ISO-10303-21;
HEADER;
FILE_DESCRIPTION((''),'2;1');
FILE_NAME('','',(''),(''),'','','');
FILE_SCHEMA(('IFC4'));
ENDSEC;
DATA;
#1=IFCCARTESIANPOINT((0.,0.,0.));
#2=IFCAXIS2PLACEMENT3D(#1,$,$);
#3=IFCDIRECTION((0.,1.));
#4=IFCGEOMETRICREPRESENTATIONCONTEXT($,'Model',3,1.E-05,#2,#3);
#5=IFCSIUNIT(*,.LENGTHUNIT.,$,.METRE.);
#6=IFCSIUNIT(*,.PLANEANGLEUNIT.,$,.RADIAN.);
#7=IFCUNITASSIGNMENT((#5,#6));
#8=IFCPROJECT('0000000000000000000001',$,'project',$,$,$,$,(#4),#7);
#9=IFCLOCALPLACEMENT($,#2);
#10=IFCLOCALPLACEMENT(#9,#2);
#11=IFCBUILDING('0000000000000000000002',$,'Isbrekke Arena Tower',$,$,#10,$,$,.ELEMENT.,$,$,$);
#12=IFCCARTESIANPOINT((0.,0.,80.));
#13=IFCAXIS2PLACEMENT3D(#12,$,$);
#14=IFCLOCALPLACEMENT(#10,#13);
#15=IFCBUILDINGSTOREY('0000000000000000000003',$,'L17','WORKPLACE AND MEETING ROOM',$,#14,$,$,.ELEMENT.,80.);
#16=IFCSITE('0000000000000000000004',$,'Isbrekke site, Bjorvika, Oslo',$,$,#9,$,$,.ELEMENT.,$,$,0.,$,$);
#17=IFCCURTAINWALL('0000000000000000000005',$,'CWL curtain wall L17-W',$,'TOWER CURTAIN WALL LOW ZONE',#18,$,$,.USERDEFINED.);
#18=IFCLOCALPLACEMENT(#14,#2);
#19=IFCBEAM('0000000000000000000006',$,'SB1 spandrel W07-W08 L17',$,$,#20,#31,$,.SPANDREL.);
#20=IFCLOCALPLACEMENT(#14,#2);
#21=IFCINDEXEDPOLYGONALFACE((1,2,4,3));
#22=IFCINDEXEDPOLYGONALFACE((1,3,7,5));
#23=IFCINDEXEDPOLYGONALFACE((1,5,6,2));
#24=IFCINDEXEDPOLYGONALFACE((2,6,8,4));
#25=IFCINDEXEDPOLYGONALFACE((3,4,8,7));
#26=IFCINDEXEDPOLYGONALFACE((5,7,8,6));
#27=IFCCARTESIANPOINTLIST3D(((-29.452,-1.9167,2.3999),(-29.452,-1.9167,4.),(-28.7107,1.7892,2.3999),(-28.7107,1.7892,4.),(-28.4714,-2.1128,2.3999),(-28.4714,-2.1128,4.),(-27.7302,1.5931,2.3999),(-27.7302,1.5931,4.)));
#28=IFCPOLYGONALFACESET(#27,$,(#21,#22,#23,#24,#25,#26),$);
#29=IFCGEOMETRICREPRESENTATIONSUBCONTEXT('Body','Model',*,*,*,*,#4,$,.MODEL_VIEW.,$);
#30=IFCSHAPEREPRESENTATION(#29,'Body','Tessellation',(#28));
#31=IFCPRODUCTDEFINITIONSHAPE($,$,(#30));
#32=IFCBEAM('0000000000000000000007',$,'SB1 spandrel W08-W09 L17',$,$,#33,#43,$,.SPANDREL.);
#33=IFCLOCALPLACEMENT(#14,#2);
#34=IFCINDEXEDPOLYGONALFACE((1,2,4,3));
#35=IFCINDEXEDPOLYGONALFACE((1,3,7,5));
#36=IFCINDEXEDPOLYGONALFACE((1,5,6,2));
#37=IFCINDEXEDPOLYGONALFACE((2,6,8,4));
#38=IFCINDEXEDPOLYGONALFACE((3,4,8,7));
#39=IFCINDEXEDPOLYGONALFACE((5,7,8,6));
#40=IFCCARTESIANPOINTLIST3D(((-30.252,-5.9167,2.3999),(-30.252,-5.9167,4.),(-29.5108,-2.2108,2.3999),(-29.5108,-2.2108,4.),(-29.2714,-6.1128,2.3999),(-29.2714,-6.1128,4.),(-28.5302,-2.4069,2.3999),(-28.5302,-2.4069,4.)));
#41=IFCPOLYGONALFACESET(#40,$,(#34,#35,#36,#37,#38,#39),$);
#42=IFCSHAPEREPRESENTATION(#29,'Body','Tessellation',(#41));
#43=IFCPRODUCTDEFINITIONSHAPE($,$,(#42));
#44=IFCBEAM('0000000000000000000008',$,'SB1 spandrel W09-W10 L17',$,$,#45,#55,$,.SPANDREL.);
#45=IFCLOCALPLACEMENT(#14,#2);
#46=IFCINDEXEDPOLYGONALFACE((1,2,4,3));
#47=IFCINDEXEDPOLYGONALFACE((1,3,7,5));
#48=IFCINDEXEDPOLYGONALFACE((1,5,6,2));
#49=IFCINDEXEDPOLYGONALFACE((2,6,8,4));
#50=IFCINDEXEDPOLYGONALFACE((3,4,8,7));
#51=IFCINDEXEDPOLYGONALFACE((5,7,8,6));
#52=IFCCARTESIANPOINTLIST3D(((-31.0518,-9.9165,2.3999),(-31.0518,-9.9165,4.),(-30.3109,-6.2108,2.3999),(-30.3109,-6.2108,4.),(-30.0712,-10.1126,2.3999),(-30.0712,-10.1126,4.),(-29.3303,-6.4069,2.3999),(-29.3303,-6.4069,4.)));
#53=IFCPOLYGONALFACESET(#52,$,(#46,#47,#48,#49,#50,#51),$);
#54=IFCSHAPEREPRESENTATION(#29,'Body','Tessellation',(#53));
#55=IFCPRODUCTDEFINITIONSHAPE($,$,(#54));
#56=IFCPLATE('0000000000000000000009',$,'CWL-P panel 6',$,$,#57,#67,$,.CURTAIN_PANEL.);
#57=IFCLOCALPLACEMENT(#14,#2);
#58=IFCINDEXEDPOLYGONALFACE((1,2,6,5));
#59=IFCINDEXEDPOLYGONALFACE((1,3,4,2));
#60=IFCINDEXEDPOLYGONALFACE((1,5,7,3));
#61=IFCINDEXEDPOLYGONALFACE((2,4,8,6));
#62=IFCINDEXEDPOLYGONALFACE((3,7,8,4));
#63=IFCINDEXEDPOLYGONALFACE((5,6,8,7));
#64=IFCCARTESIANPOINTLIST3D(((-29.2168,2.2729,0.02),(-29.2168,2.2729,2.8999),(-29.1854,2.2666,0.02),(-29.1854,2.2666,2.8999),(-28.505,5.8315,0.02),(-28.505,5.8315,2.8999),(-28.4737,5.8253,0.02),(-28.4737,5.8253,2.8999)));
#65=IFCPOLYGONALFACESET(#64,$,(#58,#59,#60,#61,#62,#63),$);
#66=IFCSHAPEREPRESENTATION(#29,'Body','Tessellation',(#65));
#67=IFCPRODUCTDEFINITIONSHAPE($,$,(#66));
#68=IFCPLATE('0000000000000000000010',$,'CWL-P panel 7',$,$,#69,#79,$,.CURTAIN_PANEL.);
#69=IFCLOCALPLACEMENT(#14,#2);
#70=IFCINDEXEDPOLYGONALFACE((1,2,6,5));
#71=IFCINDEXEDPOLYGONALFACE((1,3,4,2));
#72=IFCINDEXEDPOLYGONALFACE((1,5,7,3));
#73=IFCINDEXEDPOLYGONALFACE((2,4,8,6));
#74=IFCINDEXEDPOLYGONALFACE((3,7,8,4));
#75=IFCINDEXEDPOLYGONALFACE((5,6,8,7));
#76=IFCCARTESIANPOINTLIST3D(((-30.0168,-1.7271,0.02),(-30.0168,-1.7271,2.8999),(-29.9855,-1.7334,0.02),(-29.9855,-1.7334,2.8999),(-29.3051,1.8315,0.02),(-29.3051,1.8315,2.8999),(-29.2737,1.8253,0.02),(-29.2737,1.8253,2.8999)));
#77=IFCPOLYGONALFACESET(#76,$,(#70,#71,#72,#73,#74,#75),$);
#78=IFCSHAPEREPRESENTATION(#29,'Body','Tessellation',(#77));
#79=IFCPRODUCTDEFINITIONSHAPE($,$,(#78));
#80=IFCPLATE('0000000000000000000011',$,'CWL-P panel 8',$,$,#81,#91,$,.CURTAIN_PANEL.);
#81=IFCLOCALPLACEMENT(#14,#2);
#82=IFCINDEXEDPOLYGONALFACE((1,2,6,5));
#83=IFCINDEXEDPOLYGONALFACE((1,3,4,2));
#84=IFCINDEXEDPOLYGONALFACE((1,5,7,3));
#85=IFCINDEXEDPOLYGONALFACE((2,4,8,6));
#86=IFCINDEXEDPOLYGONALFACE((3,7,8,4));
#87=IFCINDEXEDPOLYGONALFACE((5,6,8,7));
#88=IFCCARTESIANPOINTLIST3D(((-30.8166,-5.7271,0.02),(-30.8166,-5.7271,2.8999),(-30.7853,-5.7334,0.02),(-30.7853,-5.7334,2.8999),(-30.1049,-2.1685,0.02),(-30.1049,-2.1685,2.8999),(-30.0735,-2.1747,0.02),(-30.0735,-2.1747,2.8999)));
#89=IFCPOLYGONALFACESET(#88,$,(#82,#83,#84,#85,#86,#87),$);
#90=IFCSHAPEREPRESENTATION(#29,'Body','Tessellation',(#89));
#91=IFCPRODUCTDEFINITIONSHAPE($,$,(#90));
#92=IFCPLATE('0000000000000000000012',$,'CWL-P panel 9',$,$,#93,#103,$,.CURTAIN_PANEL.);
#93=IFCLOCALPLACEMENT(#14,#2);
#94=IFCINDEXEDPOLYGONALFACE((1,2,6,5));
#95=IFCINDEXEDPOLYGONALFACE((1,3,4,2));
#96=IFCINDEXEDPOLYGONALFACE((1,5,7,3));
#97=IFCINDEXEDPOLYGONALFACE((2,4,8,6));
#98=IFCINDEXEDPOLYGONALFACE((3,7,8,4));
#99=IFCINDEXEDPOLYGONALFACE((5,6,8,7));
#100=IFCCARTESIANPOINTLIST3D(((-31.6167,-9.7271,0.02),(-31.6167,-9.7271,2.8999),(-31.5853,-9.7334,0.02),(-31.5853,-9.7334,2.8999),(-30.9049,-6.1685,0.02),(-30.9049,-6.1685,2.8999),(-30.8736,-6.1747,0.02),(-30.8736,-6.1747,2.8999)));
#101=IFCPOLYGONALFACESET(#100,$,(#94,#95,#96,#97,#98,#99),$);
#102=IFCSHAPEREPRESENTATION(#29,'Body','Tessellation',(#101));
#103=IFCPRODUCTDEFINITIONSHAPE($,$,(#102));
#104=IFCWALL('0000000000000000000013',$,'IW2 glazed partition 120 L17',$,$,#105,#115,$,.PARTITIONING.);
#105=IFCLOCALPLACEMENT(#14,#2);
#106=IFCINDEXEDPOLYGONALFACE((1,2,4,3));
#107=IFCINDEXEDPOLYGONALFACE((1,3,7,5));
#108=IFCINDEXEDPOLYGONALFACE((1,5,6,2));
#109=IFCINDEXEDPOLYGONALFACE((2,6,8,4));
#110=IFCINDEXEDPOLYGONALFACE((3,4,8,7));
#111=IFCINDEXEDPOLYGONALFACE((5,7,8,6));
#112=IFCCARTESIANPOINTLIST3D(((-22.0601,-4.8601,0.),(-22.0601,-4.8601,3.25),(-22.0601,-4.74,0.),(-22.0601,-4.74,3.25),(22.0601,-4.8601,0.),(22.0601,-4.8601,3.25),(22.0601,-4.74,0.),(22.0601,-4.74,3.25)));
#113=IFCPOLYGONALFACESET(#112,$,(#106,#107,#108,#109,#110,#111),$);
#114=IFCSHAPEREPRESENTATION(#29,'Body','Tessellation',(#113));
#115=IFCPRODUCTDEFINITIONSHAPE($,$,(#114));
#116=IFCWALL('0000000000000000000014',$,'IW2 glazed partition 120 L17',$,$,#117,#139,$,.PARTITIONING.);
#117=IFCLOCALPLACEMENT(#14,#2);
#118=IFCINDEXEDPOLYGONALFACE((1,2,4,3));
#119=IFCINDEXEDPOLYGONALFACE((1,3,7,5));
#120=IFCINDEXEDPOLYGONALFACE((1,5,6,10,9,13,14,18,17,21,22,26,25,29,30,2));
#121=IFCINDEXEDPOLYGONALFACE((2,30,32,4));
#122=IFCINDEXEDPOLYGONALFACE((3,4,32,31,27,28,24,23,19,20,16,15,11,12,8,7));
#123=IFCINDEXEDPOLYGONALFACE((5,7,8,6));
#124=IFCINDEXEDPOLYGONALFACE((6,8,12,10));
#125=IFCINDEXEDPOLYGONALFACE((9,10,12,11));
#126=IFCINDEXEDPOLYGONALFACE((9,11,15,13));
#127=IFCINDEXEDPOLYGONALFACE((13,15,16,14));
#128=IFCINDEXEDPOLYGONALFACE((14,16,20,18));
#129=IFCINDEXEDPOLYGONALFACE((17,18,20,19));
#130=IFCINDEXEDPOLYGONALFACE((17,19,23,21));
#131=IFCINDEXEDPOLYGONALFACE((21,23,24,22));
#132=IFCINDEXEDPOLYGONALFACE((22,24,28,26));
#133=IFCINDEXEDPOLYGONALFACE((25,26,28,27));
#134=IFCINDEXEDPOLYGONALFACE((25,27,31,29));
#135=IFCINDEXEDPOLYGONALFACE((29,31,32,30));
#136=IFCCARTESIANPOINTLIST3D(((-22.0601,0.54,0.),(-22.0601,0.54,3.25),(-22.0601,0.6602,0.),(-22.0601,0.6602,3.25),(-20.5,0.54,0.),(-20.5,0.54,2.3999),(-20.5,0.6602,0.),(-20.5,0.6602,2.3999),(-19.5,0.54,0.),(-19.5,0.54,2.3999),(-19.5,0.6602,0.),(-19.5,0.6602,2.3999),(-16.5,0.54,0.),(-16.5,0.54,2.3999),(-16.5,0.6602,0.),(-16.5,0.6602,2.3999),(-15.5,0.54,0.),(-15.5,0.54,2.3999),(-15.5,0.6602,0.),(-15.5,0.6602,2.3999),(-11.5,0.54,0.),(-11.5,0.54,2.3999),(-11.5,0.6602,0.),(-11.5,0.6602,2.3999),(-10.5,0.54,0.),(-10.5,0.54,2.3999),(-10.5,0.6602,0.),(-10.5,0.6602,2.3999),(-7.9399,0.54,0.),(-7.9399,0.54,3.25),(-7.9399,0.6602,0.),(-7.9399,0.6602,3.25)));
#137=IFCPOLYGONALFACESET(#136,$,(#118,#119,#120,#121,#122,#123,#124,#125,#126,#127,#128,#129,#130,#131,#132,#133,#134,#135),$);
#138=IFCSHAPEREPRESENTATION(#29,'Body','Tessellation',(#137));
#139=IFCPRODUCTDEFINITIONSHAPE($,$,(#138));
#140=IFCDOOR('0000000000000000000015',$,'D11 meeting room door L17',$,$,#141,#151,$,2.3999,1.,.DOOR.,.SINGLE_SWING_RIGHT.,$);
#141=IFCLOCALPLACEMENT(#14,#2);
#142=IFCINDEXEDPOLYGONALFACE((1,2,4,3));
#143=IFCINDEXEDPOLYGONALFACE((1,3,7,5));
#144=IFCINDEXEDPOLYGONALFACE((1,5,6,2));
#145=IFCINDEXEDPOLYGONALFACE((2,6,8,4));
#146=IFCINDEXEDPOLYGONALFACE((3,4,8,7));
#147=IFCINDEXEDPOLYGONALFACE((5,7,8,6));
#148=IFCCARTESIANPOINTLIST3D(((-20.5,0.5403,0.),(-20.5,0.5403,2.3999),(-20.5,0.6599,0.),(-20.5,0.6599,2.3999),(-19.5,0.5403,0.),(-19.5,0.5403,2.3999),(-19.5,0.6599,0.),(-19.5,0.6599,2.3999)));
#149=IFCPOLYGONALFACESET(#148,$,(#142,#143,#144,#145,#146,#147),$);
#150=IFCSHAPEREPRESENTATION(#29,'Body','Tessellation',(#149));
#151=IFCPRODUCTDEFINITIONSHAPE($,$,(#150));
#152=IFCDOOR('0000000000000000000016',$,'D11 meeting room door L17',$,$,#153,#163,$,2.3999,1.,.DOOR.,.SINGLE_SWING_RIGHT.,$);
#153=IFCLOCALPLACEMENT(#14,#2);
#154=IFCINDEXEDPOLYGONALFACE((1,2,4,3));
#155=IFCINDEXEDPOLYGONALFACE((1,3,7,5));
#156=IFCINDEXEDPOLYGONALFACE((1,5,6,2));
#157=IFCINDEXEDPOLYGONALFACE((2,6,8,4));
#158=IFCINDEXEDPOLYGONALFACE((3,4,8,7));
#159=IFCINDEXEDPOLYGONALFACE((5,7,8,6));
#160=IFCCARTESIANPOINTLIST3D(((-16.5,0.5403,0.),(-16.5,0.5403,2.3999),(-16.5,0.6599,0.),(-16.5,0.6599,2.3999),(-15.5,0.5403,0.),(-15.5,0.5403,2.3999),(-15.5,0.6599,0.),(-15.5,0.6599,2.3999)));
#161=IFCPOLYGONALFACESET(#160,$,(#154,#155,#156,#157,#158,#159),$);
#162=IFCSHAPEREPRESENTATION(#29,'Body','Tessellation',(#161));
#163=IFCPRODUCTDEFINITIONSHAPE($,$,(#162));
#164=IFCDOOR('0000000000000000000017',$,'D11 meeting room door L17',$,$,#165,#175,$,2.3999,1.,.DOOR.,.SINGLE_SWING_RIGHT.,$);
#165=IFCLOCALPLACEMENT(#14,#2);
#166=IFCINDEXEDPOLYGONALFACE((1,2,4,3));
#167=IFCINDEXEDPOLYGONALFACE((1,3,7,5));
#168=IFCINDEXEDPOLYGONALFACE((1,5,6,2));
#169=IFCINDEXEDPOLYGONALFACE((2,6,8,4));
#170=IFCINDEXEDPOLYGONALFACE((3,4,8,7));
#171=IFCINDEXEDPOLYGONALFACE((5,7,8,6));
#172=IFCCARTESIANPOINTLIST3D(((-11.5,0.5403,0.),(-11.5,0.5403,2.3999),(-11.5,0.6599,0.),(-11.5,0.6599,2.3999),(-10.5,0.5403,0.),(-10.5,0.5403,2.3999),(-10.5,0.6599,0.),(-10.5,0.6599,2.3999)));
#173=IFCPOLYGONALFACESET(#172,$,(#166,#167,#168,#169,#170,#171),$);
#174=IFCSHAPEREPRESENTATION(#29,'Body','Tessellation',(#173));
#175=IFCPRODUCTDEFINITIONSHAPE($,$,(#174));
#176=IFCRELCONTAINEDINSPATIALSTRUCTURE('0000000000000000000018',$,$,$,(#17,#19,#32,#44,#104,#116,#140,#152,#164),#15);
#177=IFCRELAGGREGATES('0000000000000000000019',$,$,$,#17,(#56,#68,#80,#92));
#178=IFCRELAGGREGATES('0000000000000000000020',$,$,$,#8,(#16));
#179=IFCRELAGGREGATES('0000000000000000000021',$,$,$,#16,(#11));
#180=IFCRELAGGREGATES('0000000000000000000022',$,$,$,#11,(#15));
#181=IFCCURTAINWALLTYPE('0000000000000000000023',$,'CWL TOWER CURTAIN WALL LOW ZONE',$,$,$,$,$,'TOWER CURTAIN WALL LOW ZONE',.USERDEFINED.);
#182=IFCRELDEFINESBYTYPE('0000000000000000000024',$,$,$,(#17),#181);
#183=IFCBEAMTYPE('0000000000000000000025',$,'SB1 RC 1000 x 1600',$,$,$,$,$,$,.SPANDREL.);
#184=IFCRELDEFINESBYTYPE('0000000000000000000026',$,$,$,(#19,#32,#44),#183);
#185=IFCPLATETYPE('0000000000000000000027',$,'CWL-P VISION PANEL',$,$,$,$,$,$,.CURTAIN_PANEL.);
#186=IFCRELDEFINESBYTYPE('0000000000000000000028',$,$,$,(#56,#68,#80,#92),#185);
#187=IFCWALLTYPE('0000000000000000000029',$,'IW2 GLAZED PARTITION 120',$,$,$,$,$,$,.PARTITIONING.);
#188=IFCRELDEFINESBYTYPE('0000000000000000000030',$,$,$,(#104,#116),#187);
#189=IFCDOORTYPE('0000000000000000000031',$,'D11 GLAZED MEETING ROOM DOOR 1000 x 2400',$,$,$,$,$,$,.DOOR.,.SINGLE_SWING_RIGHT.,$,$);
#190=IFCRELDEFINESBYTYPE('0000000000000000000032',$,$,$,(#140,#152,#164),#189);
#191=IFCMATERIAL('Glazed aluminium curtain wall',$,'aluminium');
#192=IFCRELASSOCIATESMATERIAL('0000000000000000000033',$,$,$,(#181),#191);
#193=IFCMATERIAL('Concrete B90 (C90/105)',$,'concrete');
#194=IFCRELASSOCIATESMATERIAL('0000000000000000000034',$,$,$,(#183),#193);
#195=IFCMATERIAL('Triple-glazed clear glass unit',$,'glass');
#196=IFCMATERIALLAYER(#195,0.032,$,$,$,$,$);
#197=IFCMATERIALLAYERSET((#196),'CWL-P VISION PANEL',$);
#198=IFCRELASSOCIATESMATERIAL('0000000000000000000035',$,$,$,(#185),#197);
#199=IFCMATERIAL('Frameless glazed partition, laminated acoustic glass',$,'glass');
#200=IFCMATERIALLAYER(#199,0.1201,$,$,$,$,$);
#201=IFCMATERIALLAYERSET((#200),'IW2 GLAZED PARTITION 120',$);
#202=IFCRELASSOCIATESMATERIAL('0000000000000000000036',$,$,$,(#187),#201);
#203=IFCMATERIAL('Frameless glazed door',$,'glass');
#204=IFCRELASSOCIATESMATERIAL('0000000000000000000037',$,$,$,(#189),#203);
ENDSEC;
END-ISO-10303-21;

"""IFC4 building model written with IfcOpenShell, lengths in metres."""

from ifc_helpers import new_model, si_unit, direction, frame, frame_2d, origin, origin_2d, place, context, subcontext, project, spatial, rectangle, extrude, material, layer, layer_set, material_profile, profile_set, type_object, element, fill, aggregate, save


model = new_model("IFC4")

# Units and contexts
model_context = context("Model", 3, precision=1e-05, world=origin(), true_north=direction((0.0, 1.0)))
body_context = subcontext(model_context, "Body", "Model", "MODEL_VIEW")
ifc_project = project(units=[si_unit("LENGTHUNIT", "METRE"), si_unit("PLANEANGLEUNIT", "RADIAN")], contexts=[model_context])

# Site, building, storey
site_placement = place(None, origin())
site = spatial("IfcSite", under=ifc_project, at=site_placement, Name="Isbrekke site, Bjorvika, Oslo", CompositionType="ELEMENT", RefElevation=0.0)
building_placement = place(site_placement, origin())
building = spatial("IfcBuilding", under=site, at=building_placement, Name="Isbrekke Arena Tower", CompositionType="ELEMENT")
storey_placement = place(building_placement, frame((0.0, 0.0, 80.0)))
storey = spatial("IfcBuildingStorey", under=building, at=storey_placement, Name="L17", Description="WORKPLACE AND MEETING ROOM", CompositionType="ELEMENT", Elevation=80.0)

# Curtain wall
ifc_material_1 = material(Name="Glazed aluminium curtain wall", Category="aluminium")
curtain_wall_type = type_object("IfcCurtainWallType", Name="CWL TOWER CURTAIN WALL LOW ZONE", ElementType="TOWER CURTAIN WALL LOW ZONE", PredefinedType="USERDEFINED", material=ifc_material_1)
curtain_wall_placement = place(storey_placement, origin())
curtain_wall = element("IfcCurtainWall", 1, at=curtain_wall_placement, inside=storey, type_object=curtain_wall_type, Name="CWL curtain wall L17-W", ObjectType="TOWER CURTAIN WALL LOW ZONE", PredefinedType="USERDEFINED")

# Beams
ifc_material_2 = material(Name="Concrete B90 (C90/105)", Category="concrete")
ifc_material_profile_1 = material_profile(ifc_material_2, rectangle(XDim=1.0, YDim=1.6001, at=origin_2d()), Name="RC 1000x1600")
ifc_profile_set_1 = profile_set([ifc_material_profile_1], Name="Concrete B90 (C90/105)")
beam_type_1 = type_object("IfcBeamType", Name="SB1 RC 1000 x 1600", PredefinedType="SPANDREL", material=ifc_profile_set_1)
for number, where, z_axis, x_axis, name in (
    (2, (-28.2205, 1.6912, 3.2), (-0.196129, -0.980578, 0.0), (0.980578, -0.196129, 0.0), "SB1 spandrel W07-W08 L17"),
    (3, (-29.0205, -2.3088, 3.2), (-0.196129, -0.980578, 0.0), (0.980578, -0.196129, 0.0), "SB1 spandrel W08-W09 L17"),
):
    element("IfcBeam", number, at=place(storey_placement, frame(where, z_axis=z_axis, x_axis=x_axis)), inside=storey, type_object=beam_type_1, Name=name, PredefinedType="SPANDREL", context=body_context, shape_type="SweptSolid", body=[
        extrude(rectangle(XDim=1.0, YDim=1.6001, at=origin_2d()), origin(), (0.0, 0.0, 1.0), 3.7793),
    ])
beam_1_placement = place(storey_placement, frame((-29.8206, -6.3088, 3.2), z_axis=(-0.196066, -0.980591, 0.0), x_axis=(0.980591, -0.196066, 0.0)))
element("IfcBeam", 4, at=beam_1_placement, inside=storey, type_object=beam_type_1, Name="SB1 spandrel W09-W10 L17", PredefinedType="SPANDREL", context=body_context, shape_type="SweptSolid", body=[
    extrude(rectangle(XDim=1.0, YDim=1.6001, at=origin_2d()), origin(), (0.0, 0.0, 1.0), 3.7791),
])

# Plates
ifc_material_3 = material(Name="Triple-glazed clear glass unit", Category="glass")
ifc_layer_1 = layer(ifc_material_3, 0.032)
ifc_layer_set_1 = layer_set([ifc_layer_1], Name="CWL-P VISION PANEL")
plate_type = type_object("IfcPlateType", Name="CWL-P VISION PANEL", PredefinedType="CURTAIN_PANEL", material=ifc_layer_set_1)
plate_1_placement = place(storey_placement, frame((-28.8452, 4.0491, 0.02), z_axis=(0.0, 0.0, 1.0), x_axis=(-0.196116, -0.980581, 0.0)))
plate_1 = element("IfcPlate", 5, at=plate_1_placement, type_object=plate_type, Name="CWL-P panel 6", PredefinedType="CURTAIN_PANEL", context=body_context, shape_type="SweptSolid", body=[
    extrude(rectangle(XDim=3.6292, YDim=0.032, at=origin_2d()), origin(), (0.0, 0.0, 1.0), 2.8799),
])
plate_2_placement = place(storey_placement, frame((-29.6453, 0.0491, 0.02), z_axis=(0.0, 0.0, 1.0), x_axis=(-0.196116, -0.980581, 0.0)))
plate_2 = element("IfcPlate", 6, at=plate_2_placement, type_object=plate_type, Name="CWL-P panel 7", PredefinedType="CURTAIN_PANEL", context=body_context, shape_type="SweptSolid", body=[
    extrude(rectangle(XDim=3.6292, YDim=0.032, at=origin_2d()), origin(), (0.0, 0.0, 1.0), 2.8799),
])
plate_3_placement = place(storey_placement, frame((-30.4451, -3.9509, 0.02), z_axis=(0.0, 0.0, 1.0), x_axis=(-0.196116, -0.980581, 0.0)))
plate_3 = element("IfcPlate", 7, at=plate_3_placement, type_object=plate_type, Name="CWL-P panel 8", PredefinedType="CURTAIN_PANEL", context=body_context, shape_type="SweptSolid", body=[
    extrude(rectangle(XDim=3.6292, YDim=0.032, at=origin_2d()), origin(), (0.0, 0.0, 1.0), 2.8799),
])
plate_4_placement = place(storey_placement, frame((-31.2451, -7.9509, 0.02), z_axis=(0.0, 0.0, 1.0), x_axis=(-0.196116, -0.980581, 0.0)))
plate_4 = element("IfcPlate", 8, at=plate_4_placement, type_object=plate_type, Name="CWL-P panel 9", PredefinedType="CURTAIN_PANEL", context=body_context, shape_type="SweptSolid", body=[
    extrude(rectangle(XDim=3.6292, YDim=0.032, at=origin_2d()), origin(), (0.0, 0.0, 1.0), 2.8799),
])
aggregate(curtain_wall, [plate_1, plate_2, plate_3, plate_4])

# Wall
ifc_material_4 = material(Name="Frameless glazed partition, laminated acoustic glass", Category="glass")
ifc_layer_2 = layer(ifc_material_4, 0.1201)
ifc_layer_set_2 = layer_set([ifc_layer_2], Name="IW2 GLAZED PARTITION 120")
wall_type = type_object("IfcWallType", Name="IW2 GLAZED PARTITION 120", PredefinedType="PARTITIONING", material=ifc_layer_set_2)
wall_1_placement = place(storey_placement, frame((-22.0601, -4.8, 0.0), z_axis=(0.0, 0.0, 1.0), x_axis=(1.0, 0.0, 0.0)))
element("IfcWall", 9, at=wall_1_placement, inside=storey, type_object=wall_type, Name="IW2 glazed partition 120 L17", PredefinedType="PARTITIONING", context=body_context, shape_type="SweptSolid", body=[
    extrude(rectangle(XDim=44.1201, YDim=0.1201, at=frame_2d((22.0601, 0.0))), origin(), (0.0, 0.0, 1.0), 3.25),
])

# Wall, openings, doors
wall_2_placement = place(storey_placement, frame((-22.0601, 0.6001, 0.0), z_axis=(0.0, 0.0, 1.0), x_axis=(1.0, 0.0, 0.0)))
wall_2 = element("IfcWall", 10, at=wall_2_placement, inside=storey, type_object=wall_type, Name="IW2 glazed partition 120 L17", PredefinedType="PARTITIONING", context=body_context, shape_type="SweptSolid", body=[
    extrude(rectangle(XDim=14.1201, YDim=0.1201, at=frame_2d((7.0601, 0.0))), origin(), (0.0, 0.0, 1.0), 3.25),
])
opening_1_placement = place(wall_2_placement, frame((1.5601, 0.0, 0.0)))
opening_1 = element("IfcOpeningElement", 11, at=opening_1_placement, cuts=wall_2, PredefinedType="OPENING", context=body_context, shape_type="SweptSolid", body=[
    extrude(rectangle(XDim=1.0, YDim=2.3999, at=frame_2d((0.5, 1.2))), frame((0.0, 0.075, 0.0), z_axis=(0.0, -1.0, 0.0), x_axis=(1.0, 0.0, 0.0)), (0.0, 0.0, 1.0), 0.1499),
])
opening_2_placement = place(wall_2_placement, frame((5.5601, 0.0, 0.0)))
opening_2 = element("IfcOpeningElement", 12, at=opening_2_placement, cuts=wall_2, PredefinedType="OPENING", context=body_context, shape_type="SweptSolid", body=[
    extrude(rectangle(XDim=1.0, YDim=2.3999, at=frame_2d((0.5, 1.2))), frame((0.0, 0.075, 0.0), z_axis=(0.0, -1.0, 0.0), x_axis=(1.0, 0.0, 0.0)), (0.0, 0.0, 1.0), 0.1499),
])
opening_3_placement = place(wall_2_placement, frame((10.5601, 0.0, 0.0)))
opening_3 = element("IfcOpeningElement", 13, at=opening_3_placement, cuts=wall_2, PredefinedType="OPENING", context=body_context, shape_type="SweptSolid", body=[
    extrude(rectangle(XDim=1.0, YDim=2.3999, at=frame_2d((0.5, 1.2))), frame((0.0, 0.075, 0.0), z_axis=(0.0, -1.0, 0.0), x_axis=(1.0, 0.0, 0.0)), (0.0, 0.0, 1.0), 0.1499),
])
ifc_material_5 = material(Name="Frameless glazed door", Category="glass")
door_type = type_object("IfcDoorType", Name="D11 GLAZED MEETING ROOM DOOR 1000 x 2400", OperationType="SINGLE_SWING_RIGHT", PredefinedType="DOOR", material=ifc_material_5)
door_1_placement = place(opening_1_placement, origin())
door_1 = element("IfcDoor", 14, at=door_1_placement, inside=storey, type_object=door_type, Name="D11 meeting room door L17", OperationType="SINGLE_SWING_RIGHT", OverallHeight=2.3999, OverallWidth=1.0, PredefinedType="DOOR", context=body_context, shape_type="SweptSolid", body=[
    extrude(rectangle(XDim=1.0, YDim=2.3999, at=frame_2d((0.5, 1.2))), frame((0.0, 0.0598, 0.0), z_axis=(0.0, -1.0, 0.0), x_axis=(1.0, 0.0, 0.0)), (0.0, 0.0, 1.0), 0.1196),
])
fill(opening_1, door_1)
door_2_placement = place(opening_2_placement, origin())
door_2 = element("IfcDoor", 15, at=door_2_placement, inside=storey, type_object=door_type, Name="D11 meeting room door L17", OperationType="SINGLE_SWING_RIGHT", OverallHeight=2.3999, OverallWidth=1.0, PredefinedType="DOOR", context=body_context, shape_type="SweptSolid", body=[
    extrude(rectangle(XDim=1.0, YDim=2.3999, at=frame_2d((0.5, 1.2))), frame((0.0, 0.0598, 0.0), z_axis=(0.0, -1.0, 0.0), x_axis=(1.0, 0.0, 0.0)), (0.0, 0.0, 1.0), 0.1196),
])
fill(opening_2, door_2)
door_3_placement = place(opening_3_placement, origin())
door_3 = element("IfcDoor", 16, at=door_3_placement, inside=storey, type_object=door_type, Name="D11 meeting room door L17", OperationType="SINGLE_SWING_RIGHT", OverallHeight=2.3999, OverallWidth=1.0, PredefinedType="DOOR", context=body_context, shape_type="SweptSolid", body=[
    extrude(rectangle(XDim=1.0, YDim=2.3999, at=frame_2d((0.5, 1.2))), frame((0.0, 0.0598, 0.0), z_axis=(0.0, -1.0, 0.0), x_axis=(1.0, 0.0, 0.0)), (0.0, 0.0, 1.0), 0.1196),
])
fill(opening_3, door_3)

save(model, "model.ifc")
